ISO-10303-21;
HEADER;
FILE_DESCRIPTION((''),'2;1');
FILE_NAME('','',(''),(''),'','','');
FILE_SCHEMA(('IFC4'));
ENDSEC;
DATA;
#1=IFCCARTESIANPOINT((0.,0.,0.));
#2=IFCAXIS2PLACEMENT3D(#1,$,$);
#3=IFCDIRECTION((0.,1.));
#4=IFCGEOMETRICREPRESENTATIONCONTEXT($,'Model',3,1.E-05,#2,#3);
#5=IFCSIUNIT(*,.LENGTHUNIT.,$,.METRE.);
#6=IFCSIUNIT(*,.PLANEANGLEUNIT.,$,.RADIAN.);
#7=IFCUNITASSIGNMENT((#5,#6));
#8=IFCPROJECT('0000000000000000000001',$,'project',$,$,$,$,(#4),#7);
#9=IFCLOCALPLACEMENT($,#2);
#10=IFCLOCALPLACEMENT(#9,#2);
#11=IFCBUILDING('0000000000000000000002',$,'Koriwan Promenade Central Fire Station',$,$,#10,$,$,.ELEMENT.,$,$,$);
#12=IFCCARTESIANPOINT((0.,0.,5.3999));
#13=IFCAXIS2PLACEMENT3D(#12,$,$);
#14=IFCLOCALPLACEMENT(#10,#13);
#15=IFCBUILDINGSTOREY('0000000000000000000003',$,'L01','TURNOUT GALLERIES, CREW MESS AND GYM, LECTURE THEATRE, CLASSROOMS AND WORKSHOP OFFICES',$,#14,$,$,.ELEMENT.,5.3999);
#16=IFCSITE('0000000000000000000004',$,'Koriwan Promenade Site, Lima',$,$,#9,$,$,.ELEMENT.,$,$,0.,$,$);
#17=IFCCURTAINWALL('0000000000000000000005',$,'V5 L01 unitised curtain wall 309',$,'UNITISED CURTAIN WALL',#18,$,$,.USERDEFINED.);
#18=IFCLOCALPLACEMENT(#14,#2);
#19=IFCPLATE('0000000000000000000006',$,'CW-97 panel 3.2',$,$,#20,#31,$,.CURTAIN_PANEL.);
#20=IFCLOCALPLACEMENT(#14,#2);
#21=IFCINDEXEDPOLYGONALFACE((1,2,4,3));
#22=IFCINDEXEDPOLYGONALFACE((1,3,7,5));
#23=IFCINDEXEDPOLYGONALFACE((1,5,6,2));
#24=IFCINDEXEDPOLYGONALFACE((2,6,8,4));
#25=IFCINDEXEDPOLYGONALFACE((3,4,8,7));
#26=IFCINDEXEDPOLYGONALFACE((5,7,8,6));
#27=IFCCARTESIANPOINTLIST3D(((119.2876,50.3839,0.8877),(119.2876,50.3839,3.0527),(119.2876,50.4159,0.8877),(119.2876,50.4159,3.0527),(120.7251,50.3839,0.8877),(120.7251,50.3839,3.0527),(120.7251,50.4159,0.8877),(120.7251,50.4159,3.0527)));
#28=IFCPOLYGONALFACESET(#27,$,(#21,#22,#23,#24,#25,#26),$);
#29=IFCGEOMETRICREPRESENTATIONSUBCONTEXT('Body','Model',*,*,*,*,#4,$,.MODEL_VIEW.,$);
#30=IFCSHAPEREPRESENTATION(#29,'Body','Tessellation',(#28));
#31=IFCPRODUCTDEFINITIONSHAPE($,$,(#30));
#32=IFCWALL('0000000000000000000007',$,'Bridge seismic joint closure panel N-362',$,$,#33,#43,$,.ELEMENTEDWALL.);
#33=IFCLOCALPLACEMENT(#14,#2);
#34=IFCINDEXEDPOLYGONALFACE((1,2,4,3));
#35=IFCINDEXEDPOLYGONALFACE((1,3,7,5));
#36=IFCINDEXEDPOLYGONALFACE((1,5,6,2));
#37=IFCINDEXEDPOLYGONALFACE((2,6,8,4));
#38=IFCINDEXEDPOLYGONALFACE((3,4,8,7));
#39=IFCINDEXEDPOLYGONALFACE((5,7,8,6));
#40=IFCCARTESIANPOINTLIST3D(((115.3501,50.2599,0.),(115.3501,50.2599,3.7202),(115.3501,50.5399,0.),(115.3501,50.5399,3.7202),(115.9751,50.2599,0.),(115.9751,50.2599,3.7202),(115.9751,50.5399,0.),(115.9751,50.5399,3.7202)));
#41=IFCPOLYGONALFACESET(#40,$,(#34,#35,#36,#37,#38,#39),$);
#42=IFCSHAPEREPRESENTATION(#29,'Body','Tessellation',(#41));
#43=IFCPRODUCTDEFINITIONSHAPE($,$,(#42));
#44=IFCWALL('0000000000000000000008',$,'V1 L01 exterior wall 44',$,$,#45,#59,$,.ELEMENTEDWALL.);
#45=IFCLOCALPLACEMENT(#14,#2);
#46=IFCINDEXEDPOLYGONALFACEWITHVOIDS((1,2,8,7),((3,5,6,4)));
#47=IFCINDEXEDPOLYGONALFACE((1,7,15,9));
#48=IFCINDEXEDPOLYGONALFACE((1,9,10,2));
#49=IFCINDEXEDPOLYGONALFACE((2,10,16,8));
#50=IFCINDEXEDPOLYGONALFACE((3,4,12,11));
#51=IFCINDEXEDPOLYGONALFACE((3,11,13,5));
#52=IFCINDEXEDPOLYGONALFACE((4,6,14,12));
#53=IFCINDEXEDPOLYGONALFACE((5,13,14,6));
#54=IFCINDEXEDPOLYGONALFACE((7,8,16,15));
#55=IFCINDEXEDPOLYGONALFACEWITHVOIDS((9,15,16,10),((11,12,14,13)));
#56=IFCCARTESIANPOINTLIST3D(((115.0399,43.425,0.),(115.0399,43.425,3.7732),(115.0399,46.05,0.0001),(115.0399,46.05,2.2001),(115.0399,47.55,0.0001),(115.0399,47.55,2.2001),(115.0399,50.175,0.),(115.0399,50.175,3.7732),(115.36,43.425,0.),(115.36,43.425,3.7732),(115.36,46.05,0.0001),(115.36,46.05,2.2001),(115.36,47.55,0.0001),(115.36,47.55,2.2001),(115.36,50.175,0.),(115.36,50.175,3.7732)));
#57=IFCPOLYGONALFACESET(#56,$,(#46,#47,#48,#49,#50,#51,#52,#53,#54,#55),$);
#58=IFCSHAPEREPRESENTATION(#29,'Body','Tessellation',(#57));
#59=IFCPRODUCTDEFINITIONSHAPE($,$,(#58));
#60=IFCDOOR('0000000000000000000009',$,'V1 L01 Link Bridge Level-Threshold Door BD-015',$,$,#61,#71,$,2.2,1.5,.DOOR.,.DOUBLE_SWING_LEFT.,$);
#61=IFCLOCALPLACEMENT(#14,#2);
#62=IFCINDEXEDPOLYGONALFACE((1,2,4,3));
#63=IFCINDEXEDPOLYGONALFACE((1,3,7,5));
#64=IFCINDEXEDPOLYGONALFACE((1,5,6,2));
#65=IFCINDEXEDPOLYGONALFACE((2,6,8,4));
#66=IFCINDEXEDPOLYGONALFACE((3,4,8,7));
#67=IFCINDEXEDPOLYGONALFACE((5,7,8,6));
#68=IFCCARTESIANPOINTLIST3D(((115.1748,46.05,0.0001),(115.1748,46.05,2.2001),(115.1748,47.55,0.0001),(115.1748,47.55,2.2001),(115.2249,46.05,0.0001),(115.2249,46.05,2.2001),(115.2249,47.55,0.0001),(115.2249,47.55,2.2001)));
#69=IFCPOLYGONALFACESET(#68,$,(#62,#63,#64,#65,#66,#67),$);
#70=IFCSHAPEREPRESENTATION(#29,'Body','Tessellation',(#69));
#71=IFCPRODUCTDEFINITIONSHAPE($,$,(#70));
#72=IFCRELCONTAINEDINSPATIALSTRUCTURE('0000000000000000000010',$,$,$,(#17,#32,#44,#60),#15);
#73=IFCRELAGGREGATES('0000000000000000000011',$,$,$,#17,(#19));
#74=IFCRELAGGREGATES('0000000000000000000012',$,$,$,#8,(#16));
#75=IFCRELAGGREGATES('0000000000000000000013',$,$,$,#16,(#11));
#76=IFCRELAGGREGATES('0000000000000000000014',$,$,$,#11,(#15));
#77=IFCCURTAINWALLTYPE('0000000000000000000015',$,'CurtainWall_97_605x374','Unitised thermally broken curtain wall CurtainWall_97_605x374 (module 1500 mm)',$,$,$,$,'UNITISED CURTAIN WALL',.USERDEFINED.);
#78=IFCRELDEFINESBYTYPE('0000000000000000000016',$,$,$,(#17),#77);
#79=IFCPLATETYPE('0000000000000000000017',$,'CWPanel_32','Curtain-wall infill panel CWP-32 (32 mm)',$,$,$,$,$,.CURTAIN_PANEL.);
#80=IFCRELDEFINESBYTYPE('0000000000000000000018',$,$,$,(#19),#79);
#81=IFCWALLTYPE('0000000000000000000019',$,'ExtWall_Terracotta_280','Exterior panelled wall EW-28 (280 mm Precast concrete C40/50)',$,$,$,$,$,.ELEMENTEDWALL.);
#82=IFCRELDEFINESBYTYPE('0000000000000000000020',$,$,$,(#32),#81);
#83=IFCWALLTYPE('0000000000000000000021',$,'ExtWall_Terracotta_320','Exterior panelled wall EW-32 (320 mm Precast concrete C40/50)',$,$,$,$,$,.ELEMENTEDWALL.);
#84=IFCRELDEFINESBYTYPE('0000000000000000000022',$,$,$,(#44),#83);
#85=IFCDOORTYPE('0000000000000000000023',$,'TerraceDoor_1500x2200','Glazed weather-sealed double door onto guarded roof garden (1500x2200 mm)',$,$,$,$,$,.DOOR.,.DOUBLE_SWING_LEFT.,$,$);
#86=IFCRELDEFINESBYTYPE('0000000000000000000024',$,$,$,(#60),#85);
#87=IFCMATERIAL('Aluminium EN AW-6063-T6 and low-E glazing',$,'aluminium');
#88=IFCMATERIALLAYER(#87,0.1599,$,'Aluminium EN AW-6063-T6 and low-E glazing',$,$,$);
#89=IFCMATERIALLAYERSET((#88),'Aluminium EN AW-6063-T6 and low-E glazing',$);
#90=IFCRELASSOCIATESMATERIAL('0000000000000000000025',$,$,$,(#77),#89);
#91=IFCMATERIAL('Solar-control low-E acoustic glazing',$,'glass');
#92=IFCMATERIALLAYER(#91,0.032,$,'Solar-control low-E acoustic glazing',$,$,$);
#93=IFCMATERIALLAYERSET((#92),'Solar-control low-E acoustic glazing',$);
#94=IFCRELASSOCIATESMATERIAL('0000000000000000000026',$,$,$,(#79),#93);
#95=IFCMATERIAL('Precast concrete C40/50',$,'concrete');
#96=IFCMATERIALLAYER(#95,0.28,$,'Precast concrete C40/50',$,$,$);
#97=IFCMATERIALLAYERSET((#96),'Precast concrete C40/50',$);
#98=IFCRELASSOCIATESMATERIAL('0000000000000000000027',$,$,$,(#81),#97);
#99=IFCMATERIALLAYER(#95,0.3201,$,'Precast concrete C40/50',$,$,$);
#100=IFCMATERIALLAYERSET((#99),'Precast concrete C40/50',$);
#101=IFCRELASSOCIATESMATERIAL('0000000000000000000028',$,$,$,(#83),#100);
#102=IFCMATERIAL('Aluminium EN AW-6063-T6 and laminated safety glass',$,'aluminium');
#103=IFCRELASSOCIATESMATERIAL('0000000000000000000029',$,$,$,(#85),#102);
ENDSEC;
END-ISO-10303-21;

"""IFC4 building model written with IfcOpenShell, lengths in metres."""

from ifc_helpers import new_model, si_unit, direction, frame, frame_2d, origin, origin_2d, place, context, subcontext, project, spatial, rectangle, extrude, material, layer, layer_set, type_object, element, fill, aggregate, save


model = new_model("IFC4")

# Units and contexts
model_context = context("Model", 3, precision=1e-05, world=origin(), true_north=direction((0.0, 1.0)))
body_context = subcontext(model_context, "Body", "Model", "MODEL_VIEW")
ifc_project = project(units=[si_unit("LENGTHUNIT", "METRE"), si_unit("PLANEANGLEUNIT", "RADIAN")], contexts=[model_context])

# Site, building, storey
site_placement = place(None, origin())
site = spatial("IfcSite", under=ifc_project, at=site_placement, Name="Koriwan Promenade Site, Lima", CompositionType="ELEMENT", RefElevation=0.0)
building_placement = place(site_placement, origin())
building = spatial("IfcBuilding", under=site, at=building_placement, Name="Koriwan Promenade Central Fire Station", CompositionType="ELEMENT")
storey_placement = place(building_placement, frame((0.0, 0.0, 5.3999)))
storey = spatial("IfcBuildingStorey", under=building, at=storey_placement, Name="L01", Description="TURNOUT GALLERIES, CREW MESS AND GYM, LECTURE THEATRE, CLASSROOMS AND WORKSHOP OFFICES", CompositionType="ELEMENT", Elevation=5.3999)

# Curtain wall
ifc_material_1 = material(Name="Aluminium EN AW-6063-T6 and low-E glazing", Category="aluminium")
ifc_layer_1 = layer(ifc_material_1, 0.1599, Name="Aluminium EN AW-6063-T6 and low-E glazing")
ifc_layer_set_1 = layer_set([ifc_layer_1], Name="Aluminium EN AW-6063-T6 and low-E glazing")
curtain_wall_type = type_object("IfcCurtainWallType", Name="CurtainWall_97_605x374", Description="Unitised thermally broken curtain wall CurtainWall_97_605x374 (module 1500 mm)", ElementType="UNITISED CURTAIN WALL", PredefinedType="USERDEFINED", material=ifc_layer_set_1)
curtain_wall_placement = place(storey_placement, origin())
curtain_wall = element("IfcCurtainWall", 1, at=curtain_wall_placement, inside=storey, type_object=curtain_wall_type, Name="V5 L01 unitised curtain wall 309", ObjectType="UNITISED CURTAIN WALL", PredefinedType="USERDEFINED")

# Plate
ifc_material_2 = material(Name="Solar-control low-E acoustic glazing", Category="glass")
ifc_layer_2 = layer(ifc_material_2, 0.032, Name="Solar-control low-E acoustic glazing")
ifc_layer_set_2 = layer_set([ifc_layer_2], Name="Solar-control low-E acoustic glazing")
plate_type_1 = type_object("IfcPlateType", Name="CWPanel_32", Description="Curtain-wall infill panel CWP-32 (32 mm)", PredefinedType="CURTAIN_PANEL", material=ifc_layer_set_2)
plate_1_placement = place(storey_placement, frame((120.0063, 50.3999, 0.8877), z_axis=(0.0, 0.0, 1.0), x_axis=(1.0, 0.0, 0.0)))
plate_1 = element("IfcPlate", 2, at=plate_1_placement, type_object=plate_type_1, Name="CW-97 panel 3.2", PredefinedType="CURTAIN_PANEL", context=body_context, shape_type="SweptSolid", body=[
    extrude(rectangle(XDim=1.4375, YDim=0.032, at=origin_2d()), origin(), (0.0, 0.0, 1.0), 2.165),
])
aggregate(curtain_wall, [plate_1])

# Wall
ifc_material_3 = material(Name="Precast concrete C40/50", Category="concrete")
ifc_layer_3 = layer(ifc_material_3, 0.28, Name="Precast concrete C40/50")
ifc_layer_set_3 = layer_set([ifc_layer_3], Name="Precast concrete C40/50")
wall_type_1 = type_object("IfcWallType", Name="ExtWall_Terracotta_280", Description="Exterior panelled wall EW-28 (280 mm Precast concrete C40/50)", PredefinedType="ELEMENTEDWALL", material=ifc_layer_set_3)
wall_1_placement = place(storey_placement, frame((115.3501, 50.3999, 0.0), z_axis=(0.0, 0.0, 1.0), x_axis=(1.0, 0.0, 0.0)))
element("IfcWall", 3, at=wall_1_placement, inside=storey, type_object=wall_type_1, Name="Bridge seismic joint closure panel N-362", PredefinedType="ELEMENTEDWALL", context=body_context, shape_type="SweptSolid", body=[
    extrude(rectangle(XDim=0.625, YDim=0.28, at=frame_2d((0.3125, 0.0))), origin(), (0.0, 0.0, 1.0), 3.7202),
])

# Wall, opening, door
ifc_layer_4 = layer(ifc_material_3, 0.3201, Name="Precast concrete C40/50")
ifc_layer_set_4 = layer_set([ifc_layer_4], Name="Precast concrete C40/50")
wall_type_2 = type_object("IfcWallType", Name="ExtWall_Terracotta_320", Description="Exterior panelled wall EW-32 (320 mm Precast concrete C40/50)", PredefinedType="ELEMENTEDWALL", material=ifc_layer_set_4)
wall_2_placement = place(storey_placement, frame((115.2, 50.175, 0.0), z_axis=(0.0, 0.0, 1.0), x_axis=(0.0, -1.0, 0.0)))
wall_2 = element("IfcWall", 4, at=wall_2_placement, inside=storey, type_object=wall_type_2, Name="V1 L01 exterior wall 44", PredefinedType="ELEMENTEDWALL", context=body_context, shape_type="SweptSolid", body=[
    extrude(rectangle(XDim=6.75, YDim=0.3201, at=frame_2d((3.375, 0.0))), origin(), (0.0, 0.0, 1.0), 3.7732),
])
opening_placement = place(wall_2_placement, frame((2.625, 0.0, 0.0)))
opening = element("IfcOpeningElement", 5, at=opening_placement, cuts=wall_2, PredefinedType="OPENING", context=body_context, shape_type="SweptSolid", body=[
    extrude(rectangle(XDim=1.5, YDim=2.2, at=frame_2d((0.75, 1.1001))), frame((0.0, 0.1719, 0.0), z_axis=(0.0, -1.0, 0.0), x_axis=(1.0, 0.0, 0.0)), (0.0, 0.0, 1.0), 0.344),
])
ifc_material_4 = material(Name="Aluminium EN AW-6063-T6 and laminated safety glass", Category="aluminium")
door_type = type_object("IfcDoorType", Name="TerraceDoor_1500x2200", Description="Glazed weather-sealed double door onto guarded roof garden (1500x2200 mm)", OperationType="DOUBLE_SWING_LEFT", PredefinedType="DOOR", material=ifc_material_4)
door_placement = place(opening_placement, origin())
door = element("IfcDoor", 6, at=door_placement, inside=storey, type_object=door_type, Name="V1 L01 Link Bridge Level-Threshold Door BD-015", OperationType="DOUBLE_SWING_LEFT", OverallHeight=2.2, OverallWidth=1.5, PredefinedType="DOOR", context=body_context, shape_type="SweptSolid", body=[
    extrude(rectangle(XDim=1.5, YDim=2.2, at=frame_2d((0.75, 1.1001))), frame((0.0, 0.0249, 0.0), z_axis=(0.0, -1.0, 0.0), x_axis=(1.0, 0.0, 0.0)), (0.0, 0.0, 1.0), 0.05),
])
fill(opening, door)

save(model, "model.ifc")
